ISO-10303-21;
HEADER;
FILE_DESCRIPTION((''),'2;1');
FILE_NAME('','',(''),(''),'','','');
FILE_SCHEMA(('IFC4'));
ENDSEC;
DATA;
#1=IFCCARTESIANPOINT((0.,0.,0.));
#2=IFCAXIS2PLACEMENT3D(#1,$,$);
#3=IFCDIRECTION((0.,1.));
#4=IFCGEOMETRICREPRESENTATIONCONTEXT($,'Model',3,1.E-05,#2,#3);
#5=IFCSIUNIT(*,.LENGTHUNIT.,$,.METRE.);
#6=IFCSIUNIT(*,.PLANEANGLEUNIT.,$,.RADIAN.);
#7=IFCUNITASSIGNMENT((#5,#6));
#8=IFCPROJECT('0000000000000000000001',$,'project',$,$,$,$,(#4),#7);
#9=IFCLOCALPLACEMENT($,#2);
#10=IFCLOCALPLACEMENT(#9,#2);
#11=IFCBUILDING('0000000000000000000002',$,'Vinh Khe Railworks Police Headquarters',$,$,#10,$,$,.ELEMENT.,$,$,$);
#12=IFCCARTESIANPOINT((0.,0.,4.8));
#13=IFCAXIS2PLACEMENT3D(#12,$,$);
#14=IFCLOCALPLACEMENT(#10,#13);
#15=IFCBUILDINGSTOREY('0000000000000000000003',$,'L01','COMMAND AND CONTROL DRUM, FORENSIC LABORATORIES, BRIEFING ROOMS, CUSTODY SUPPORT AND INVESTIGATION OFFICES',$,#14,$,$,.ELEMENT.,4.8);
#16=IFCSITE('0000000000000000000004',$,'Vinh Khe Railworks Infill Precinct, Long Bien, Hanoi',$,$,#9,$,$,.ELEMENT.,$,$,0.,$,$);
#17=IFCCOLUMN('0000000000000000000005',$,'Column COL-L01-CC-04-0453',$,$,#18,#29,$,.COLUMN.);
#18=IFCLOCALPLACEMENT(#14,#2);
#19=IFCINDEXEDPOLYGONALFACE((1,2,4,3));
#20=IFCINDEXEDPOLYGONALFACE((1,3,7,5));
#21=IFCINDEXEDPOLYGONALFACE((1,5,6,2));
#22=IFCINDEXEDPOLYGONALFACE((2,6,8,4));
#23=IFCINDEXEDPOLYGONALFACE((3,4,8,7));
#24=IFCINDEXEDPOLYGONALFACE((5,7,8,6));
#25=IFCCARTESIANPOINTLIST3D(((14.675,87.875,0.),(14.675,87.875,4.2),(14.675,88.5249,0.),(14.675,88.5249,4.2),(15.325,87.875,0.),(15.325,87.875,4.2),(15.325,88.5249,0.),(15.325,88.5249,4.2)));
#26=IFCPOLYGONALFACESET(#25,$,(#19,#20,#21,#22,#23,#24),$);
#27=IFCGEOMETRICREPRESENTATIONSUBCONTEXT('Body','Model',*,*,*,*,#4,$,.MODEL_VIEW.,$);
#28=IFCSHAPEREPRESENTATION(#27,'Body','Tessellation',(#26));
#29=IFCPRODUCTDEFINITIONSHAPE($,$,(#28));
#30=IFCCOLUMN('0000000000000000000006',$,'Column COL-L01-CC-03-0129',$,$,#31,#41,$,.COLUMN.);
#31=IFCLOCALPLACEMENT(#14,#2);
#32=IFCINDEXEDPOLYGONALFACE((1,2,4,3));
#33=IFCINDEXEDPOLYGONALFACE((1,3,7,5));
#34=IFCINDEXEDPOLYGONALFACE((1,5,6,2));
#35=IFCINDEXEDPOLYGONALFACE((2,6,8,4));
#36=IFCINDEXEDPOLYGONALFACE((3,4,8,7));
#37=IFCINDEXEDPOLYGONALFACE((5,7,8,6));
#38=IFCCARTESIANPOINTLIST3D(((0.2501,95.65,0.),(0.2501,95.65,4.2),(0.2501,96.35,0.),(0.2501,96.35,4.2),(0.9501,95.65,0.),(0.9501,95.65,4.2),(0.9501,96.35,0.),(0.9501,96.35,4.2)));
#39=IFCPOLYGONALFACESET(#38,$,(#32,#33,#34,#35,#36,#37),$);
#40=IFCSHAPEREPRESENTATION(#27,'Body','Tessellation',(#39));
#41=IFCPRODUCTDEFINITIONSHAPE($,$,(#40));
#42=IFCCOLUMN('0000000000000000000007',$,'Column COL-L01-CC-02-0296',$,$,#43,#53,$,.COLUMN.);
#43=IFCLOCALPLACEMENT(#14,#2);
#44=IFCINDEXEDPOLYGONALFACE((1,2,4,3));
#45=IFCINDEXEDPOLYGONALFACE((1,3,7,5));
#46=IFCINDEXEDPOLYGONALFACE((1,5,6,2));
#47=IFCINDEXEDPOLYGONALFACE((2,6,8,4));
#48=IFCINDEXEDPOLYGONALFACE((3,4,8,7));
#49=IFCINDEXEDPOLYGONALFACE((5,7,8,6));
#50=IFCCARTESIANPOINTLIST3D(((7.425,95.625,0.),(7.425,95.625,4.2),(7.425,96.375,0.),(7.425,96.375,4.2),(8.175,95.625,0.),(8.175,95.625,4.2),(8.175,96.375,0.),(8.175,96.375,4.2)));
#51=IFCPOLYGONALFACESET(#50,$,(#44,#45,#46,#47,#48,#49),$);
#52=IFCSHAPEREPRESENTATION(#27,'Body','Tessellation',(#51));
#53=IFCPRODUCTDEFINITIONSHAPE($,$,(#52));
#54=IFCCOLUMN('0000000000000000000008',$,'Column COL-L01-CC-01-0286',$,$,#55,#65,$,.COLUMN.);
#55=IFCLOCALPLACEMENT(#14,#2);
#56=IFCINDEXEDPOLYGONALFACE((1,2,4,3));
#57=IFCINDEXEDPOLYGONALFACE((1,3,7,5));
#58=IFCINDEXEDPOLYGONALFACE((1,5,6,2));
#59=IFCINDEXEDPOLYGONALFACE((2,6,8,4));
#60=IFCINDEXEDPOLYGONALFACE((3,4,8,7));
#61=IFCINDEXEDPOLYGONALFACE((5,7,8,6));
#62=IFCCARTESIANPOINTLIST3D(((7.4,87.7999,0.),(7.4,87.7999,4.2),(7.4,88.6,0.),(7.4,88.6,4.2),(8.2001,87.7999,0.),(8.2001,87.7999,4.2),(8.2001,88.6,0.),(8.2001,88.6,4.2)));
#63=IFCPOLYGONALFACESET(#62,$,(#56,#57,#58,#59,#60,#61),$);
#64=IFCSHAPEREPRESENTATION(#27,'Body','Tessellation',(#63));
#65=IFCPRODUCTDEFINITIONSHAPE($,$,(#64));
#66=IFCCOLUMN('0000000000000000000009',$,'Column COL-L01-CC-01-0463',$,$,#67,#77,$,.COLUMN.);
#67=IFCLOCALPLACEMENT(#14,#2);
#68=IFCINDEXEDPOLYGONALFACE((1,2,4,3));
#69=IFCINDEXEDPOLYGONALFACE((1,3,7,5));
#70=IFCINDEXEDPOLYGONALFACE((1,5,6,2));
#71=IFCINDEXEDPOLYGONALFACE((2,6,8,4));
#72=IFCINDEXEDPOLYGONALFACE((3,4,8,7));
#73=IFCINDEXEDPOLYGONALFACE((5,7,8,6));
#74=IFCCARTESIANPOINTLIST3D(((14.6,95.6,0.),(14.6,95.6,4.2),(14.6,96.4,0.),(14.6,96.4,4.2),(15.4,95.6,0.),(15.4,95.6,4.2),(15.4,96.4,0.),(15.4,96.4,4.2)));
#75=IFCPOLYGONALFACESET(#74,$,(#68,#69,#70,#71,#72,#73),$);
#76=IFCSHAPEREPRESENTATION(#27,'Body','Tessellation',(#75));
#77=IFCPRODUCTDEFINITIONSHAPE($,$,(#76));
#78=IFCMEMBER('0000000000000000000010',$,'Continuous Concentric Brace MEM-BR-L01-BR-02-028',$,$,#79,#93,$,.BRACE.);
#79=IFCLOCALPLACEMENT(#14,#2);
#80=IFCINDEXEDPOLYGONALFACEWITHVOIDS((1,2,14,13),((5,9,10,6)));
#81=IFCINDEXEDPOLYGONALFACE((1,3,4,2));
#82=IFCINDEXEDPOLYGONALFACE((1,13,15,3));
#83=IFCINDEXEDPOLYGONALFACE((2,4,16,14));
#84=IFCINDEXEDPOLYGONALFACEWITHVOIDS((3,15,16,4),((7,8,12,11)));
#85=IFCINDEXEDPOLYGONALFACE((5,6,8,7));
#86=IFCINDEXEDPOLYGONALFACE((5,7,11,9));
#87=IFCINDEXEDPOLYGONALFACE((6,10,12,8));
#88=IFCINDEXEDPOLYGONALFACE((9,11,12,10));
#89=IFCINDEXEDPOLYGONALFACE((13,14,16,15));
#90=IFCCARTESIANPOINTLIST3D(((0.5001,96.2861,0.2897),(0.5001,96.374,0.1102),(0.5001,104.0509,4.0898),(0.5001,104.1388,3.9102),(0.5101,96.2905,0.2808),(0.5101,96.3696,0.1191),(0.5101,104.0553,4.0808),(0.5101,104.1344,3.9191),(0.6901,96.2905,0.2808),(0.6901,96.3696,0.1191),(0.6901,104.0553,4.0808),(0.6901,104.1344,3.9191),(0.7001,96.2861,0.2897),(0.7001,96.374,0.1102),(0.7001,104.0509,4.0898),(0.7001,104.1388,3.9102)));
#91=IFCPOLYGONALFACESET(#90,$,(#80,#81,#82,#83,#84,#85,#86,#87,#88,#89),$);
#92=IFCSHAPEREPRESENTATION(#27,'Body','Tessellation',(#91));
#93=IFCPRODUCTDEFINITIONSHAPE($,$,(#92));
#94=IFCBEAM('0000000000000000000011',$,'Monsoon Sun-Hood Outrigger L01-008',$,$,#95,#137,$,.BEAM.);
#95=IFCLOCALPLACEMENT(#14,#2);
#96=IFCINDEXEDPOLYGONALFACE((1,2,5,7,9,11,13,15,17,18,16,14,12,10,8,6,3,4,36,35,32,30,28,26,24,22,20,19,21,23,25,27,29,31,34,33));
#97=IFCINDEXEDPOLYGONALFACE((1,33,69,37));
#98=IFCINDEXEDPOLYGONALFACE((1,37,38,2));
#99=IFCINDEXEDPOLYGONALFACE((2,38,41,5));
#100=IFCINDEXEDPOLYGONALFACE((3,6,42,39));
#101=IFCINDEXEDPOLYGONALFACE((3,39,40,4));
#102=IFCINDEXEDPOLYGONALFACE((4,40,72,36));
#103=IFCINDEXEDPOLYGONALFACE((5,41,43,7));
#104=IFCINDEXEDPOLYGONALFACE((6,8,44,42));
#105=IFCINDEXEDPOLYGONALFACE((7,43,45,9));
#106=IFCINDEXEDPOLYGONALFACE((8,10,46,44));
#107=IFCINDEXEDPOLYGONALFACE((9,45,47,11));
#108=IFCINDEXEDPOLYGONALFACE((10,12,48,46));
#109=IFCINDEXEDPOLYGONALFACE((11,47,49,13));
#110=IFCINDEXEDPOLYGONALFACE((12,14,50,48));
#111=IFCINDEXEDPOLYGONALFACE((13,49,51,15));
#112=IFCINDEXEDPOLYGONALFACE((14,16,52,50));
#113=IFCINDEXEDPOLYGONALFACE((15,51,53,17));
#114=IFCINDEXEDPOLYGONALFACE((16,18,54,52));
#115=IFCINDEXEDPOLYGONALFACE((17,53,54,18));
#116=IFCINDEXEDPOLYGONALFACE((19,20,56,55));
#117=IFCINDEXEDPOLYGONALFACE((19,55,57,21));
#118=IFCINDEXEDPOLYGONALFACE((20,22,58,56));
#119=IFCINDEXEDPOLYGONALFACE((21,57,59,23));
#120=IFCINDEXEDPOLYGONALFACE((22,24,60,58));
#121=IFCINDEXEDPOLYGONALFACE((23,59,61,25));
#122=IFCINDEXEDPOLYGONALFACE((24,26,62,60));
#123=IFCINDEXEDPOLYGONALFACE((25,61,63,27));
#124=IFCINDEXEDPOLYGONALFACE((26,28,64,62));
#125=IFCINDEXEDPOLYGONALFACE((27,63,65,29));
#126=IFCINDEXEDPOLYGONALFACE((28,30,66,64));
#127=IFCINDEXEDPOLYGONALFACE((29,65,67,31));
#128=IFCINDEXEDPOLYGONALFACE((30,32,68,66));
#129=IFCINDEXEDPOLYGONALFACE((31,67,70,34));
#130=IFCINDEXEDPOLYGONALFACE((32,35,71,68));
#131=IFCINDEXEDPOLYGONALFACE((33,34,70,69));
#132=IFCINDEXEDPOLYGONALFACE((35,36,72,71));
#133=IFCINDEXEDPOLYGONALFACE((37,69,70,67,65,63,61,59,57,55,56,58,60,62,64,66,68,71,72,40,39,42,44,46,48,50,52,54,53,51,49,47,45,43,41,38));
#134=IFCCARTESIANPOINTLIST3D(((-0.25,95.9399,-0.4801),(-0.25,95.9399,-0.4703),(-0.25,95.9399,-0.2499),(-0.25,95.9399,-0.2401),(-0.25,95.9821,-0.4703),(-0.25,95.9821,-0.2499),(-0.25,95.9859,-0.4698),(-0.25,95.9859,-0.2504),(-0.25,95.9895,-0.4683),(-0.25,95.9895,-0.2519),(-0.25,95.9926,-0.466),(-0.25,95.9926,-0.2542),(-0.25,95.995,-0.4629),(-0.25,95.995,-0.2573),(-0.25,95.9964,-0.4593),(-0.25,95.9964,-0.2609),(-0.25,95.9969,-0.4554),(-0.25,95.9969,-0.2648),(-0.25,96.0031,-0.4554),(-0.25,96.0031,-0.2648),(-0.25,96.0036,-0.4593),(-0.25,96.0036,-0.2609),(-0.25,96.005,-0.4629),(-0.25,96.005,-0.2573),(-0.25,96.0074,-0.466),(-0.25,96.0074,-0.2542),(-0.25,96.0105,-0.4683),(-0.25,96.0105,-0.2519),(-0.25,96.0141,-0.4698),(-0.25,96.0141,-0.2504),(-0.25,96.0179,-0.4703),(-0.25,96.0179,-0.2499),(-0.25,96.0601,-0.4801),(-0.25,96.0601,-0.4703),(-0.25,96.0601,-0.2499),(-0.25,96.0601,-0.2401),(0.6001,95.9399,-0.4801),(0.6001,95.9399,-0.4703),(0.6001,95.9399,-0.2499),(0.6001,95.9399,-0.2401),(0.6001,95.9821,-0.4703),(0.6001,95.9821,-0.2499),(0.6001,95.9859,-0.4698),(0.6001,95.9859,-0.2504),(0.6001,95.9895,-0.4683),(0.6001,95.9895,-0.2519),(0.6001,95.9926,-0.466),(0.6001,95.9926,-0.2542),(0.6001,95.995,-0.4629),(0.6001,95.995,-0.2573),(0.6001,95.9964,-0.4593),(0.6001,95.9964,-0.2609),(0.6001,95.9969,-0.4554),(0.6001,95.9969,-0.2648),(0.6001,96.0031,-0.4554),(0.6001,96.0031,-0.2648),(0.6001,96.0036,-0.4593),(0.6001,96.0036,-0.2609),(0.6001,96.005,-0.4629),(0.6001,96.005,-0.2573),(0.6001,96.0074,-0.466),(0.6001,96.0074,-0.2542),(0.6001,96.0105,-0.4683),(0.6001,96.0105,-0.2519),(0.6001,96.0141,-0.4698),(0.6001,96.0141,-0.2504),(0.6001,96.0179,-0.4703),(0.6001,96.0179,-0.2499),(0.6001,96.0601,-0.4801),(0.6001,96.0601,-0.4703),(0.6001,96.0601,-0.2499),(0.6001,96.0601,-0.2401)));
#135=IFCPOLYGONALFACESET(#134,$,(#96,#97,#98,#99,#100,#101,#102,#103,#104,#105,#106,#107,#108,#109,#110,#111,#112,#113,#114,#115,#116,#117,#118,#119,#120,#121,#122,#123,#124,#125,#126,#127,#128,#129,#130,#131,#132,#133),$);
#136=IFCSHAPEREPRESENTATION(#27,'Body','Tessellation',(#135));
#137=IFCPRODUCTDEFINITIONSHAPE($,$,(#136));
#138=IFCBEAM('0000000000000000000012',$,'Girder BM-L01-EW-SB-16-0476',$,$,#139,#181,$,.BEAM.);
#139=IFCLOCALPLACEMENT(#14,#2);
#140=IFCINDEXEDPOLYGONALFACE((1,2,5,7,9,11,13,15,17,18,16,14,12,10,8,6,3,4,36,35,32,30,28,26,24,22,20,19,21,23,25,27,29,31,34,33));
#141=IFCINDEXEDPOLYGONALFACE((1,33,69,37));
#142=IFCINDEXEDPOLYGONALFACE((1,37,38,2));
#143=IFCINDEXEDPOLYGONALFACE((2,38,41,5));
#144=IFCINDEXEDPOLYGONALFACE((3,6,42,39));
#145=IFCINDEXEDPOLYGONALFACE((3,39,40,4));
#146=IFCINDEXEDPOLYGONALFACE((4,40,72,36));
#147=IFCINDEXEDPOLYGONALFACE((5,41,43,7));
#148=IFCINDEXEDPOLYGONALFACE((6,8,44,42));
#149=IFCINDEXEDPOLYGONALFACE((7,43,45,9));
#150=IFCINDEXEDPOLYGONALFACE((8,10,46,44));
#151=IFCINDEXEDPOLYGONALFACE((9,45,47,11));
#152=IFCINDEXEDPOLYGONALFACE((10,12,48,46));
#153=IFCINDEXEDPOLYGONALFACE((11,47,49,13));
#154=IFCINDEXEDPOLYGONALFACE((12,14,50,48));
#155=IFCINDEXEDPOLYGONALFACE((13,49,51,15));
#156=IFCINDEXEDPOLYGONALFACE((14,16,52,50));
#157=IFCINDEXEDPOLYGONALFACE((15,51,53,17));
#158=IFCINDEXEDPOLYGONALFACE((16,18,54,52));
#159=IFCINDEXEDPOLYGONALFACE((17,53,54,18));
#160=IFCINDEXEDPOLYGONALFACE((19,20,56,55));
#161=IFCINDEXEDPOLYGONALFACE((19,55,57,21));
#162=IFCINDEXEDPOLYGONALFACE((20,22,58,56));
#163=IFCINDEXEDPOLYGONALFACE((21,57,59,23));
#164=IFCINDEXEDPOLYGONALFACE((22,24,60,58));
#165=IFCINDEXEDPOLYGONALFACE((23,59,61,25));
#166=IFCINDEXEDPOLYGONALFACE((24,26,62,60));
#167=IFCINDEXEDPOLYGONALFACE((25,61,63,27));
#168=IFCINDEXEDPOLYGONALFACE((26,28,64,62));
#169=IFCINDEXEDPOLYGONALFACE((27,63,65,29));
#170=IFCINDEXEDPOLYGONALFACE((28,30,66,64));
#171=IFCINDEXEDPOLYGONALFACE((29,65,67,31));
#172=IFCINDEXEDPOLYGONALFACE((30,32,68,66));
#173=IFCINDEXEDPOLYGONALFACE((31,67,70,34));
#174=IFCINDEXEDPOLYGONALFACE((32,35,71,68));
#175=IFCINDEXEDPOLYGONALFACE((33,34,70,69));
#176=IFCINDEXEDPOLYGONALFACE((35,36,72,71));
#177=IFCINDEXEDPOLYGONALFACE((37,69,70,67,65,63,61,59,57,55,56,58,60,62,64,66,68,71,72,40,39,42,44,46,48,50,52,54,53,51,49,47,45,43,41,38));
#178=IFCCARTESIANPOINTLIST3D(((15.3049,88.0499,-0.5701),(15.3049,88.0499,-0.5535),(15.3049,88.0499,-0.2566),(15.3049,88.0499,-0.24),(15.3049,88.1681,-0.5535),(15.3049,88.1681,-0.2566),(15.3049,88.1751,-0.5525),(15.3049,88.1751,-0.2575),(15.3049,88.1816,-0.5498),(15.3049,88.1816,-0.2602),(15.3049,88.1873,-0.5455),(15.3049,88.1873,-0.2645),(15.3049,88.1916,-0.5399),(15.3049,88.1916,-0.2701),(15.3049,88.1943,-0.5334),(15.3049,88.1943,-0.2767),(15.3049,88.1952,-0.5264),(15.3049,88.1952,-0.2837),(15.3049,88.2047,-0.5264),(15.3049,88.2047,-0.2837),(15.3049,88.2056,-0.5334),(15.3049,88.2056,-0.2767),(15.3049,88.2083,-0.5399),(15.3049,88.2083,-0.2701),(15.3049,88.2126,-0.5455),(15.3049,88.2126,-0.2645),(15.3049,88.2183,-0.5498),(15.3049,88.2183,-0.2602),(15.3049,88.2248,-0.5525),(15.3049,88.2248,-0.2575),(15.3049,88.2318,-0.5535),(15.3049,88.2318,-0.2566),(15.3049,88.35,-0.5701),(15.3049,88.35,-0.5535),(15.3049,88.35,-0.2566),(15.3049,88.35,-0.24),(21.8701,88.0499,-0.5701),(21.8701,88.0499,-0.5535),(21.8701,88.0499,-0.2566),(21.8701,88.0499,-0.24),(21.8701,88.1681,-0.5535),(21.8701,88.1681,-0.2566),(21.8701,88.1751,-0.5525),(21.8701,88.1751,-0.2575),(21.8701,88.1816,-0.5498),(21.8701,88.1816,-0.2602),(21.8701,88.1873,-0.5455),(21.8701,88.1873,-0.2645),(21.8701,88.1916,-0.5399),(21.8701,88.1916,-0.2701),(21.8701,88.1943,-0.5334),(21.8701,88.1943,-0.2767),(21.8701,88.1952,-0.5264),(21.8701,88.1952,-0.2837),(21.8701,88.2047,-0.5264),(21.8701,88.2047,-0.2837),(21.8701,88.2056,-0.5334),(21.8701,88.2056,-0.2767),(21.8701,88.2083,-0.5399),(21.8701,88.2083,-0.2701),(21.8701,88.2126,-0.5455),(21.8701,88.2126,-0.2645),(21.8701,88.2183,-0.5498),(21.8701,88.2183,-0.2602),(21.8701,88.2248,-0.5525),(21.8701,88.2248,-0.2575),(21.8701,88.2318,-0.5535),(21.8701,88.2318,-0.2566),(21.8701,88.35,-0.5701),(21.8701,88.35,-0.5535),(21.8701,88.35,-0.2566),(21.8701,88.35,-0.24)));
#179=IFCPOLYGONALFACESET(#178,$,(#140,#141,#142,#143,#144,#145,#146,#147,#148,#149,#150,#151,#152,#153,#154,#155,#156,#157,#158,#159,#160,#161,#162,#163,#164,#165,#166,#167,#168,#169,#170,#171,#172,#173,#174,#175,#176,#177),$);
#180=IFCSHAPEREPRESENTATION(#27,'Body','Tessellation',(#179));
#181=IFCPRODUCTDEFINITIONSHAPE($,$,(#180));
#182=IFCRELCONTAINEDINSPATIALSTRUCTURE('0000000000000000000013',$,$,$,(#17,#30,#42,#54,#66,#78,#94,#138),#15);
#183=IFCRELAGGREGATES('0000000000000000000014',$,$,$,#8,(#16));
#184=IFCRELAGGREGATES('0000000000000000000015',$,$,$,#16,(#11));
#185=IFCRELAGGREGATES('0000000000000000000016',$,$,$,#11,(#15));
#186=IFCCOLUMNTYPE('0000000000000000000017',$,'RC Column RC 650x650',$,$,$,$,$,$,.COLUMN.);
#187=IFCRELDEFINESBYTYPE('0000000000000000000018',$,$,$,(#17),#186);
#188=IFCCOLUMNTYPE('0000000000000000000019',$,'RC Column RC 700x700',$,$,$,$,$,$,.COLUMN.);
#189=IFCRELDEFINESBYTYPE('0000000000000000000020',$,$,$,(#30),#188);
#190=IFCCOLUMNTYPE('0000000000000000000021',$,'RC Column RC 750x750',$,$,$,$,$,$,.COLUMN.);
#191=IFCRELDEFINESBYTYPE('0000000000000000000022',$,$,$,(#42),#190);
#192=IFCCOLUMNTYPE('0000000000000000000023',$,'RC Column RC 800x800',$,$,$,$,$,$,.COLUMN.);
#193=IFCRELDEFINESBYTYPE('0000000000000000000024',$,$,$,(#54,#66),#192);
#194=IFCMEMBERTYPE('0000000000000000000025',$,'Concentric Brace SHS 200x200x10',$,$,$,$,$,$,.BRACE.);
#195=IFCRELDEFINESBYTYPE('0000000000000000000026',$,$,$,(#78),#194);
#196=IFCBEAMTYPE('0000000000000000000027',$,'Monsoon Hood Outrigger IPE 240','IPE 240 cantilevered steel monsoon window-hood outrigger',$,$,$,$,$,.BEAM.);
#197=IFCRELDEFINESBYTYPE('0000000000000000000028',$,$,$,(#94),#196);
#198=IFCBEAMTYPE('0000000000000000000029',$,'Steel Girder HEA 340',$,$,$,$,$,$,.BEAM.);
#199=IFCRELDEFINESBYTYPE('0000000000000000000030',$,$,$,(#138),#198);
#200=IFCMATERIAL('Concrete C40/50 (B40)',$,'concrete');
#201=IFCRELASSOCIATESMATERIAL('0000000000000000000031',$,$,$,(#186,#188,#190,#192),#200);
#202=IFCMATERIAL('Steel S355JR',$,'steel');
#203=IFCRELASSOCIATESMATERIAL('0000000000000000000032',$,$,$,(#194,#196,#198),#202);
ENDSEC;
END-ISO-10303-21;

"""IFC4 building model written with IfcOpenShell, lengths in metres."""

from ifc_helpers import new_model, si_unit, direction, frame, origin, origin_2d, place, context, subcontext, project, spatial, rectangle, hollow_rectangle, i_section, extrude, material, material_profile, profile_set, type_object, element, save


model = new_model("IFC4")

# Units and contexts
model_context = context("Model", 3, precision=1e-05, world=origin(), true_north=direction((0.0, 1.0)))
body_context = subcontext(model_context, "Body", "Model", "MODEL_VIEW")
ifc_project = project(units=[si_unit("LENGTHUNIT", "METRE"), si_unit("PLANEANGLEUNIT", "RADIAN")], contexts=[model_context])

# Site, building, storey
site_placement = place(None, origin())
site = spatial("IfcSite", under=ifc_project, at=site_placement, Name="Vinh Khe Railworks Infill Precinct, Long Bien, Hanoi", CompositionType="ELEMENT", RefElevation=0.0)
building_placement = place(site_placement, origin())
building = spatial("IfcBuilding", under=site, at=building_placement, Name="Vinh Khe Railworks Police Headquarters", CompositionType="ELEMENT")
storey_placement = place(building_placement, frame((0.0, 0.0, 4.8)))
storey = spatial("IfcBuildingStorey", under=building, at=storey_placement, Name="L01", Description="COMMAND AND CONTROL DRUM, FORENSIC LABORATORIES, BRIEFING ROOMS, CUSTODY SUPPORT AND INVESTIGATION OFFICES", CompositionType="ELEMENT", Elevation=4.8)

# Columns
ifc_material_1 = material(Name="Concrete C40/50 (B40)", Category="concrete")
ifc_material_profile_1 = material_profile(ifc_material_1, rectangle(XDim=0.6499, YDim=0.6499, at=origin_2d()), Name="RC 650x650")
ifc_profile_set_1 = profile_set([ifc_material_profile_1], Name="Concrete C40/50 (B40)")
column_type_1 = type_object("IfcColumnType", Name="RC Column RC 650x650", PredefinedType="COLUMN", material=ifc_profile_set_1)
column_1_placement = place(storey_placement, frame((15.0, 88.2, 0.0), z_axis=(0.0, 0.0, 1.0), x_axis=(1.0, 0.0, 0.0)))
element("IfcColumn", 1, at=column_1_placement, inside=storey, type_object=column_type_1, Name="Column COL-L01-CC-04-0453", PredefinedType="COLUMN", context=body_context, shape_type="SweptSolid", body=[
    extrude(rectangle(XDim=0.6499, YDim=0.6499, at=origin_2d()), origin(), (0.0, 0.0, 1.0), 4.2),
])
ifc_material_profile_2 = material_profile(ifc_material_1, rectangle(XDim=0.7, YDim=0.7, at=origin_2d()), Name="RC 700x700")
ifc_profile_set_2 = profile_set([ifc_material_profile_2], Name="Concrete C40/50 (B40)")
column_type_2 = type_object("IfcColumnType", Name="RC Column RC 700x700", PredefinedType="COLUMN", material=ifc_profile_set_2)
column_2_placement = place(storey_placement, frame((0.6001, 96.0, 0.0), z_axis=(0.0, 0.0, 1.0), x_axis=(1.0, 0.0, 0.0)))
element("IfcColumn", 2, at=column_2_placement, inside=storey, type_object=column_type_2, Name="Column COL-L01-CC-03-0129", PredefinedType="COLUMN", context=body_context, shape_type="SweptSolid", body=[
    extrude(rectangle(XDim=0.7, YDim=0.7, at=origin_2d()), origin(), (0.0, 0.0, 1.0), 4.2),
])
ifc_material_profile_3 = material_profile(ifc_material_1, rectangle(XDim=0.75, YDim=0.75, at=origin_2d()), Name="RC 750x750")
ifc_profile_set_3 = profile_set([ifc_material_profile_3], Name="Concrete C40/50 (B40)")
column_type_3 = type_object("IfcColumnType", Name="RC Column RC 750x750", PredefinedType="COLUMN", material=ifc_profile_set_3)
column_3_placement = place(storey_placement, frame((7.8, 96.0, 0.0), z_axis=(0.0, 0.0, 1.0), x_axis=(1.0, 0.0, 0.0)))
element("IfcColumn", 3, at=column_3_placement, inside=storey, type_object=column_type_3, Name="Column COL-L01-CC-02-0296", PredefinedType="COLUMN", context=body_context, shape_type="SweptSolid", body=[
    extrude(rectangle(XDim=0.75, YDim=0.75, at=origin_2d()), origin(), (0.0, 0.0, 1.0), 4.2),
])
ifc_material_profile_4 = material_profile(ifc_material_1, rectangle(XDim=0.8, YDim=0.8, at=origin_2d()), Name="RC 800x800")
ifc_profile_set_4 = profile_set([ifc_material_profile_4], Name="Concrete C40/50 (B40)")
column_type_4 = type_object("IfcColumnType", Name="RC Column RC 800x800", PredefinedType="COLUMN", material=ifc_profile_set_4)
for number, where, z_axis, x_axis, name in (
    (4, (7.8, 88.2, 0.0), (0.0, 0.0, 1.0), (1.0, 0.0, 0.0), "Column COL-L01-CC-01-0286"),
    (5, (15.0, 96.0, 0.0), (0.0, 0.0, 1.0), (1.0, 0.0, 0.0), "Column COL-L01-CC-01-0463"),
):
    element("IfcColumn", number, at=place(storey_placement, frame(where, z_axis=z_axis, x_axis=x_axis)), inside=storey, type_object=column_type_4, Name=name, PredefinedType="COLUMN", context=body_context, shape_type="SweptSolid", body=[
        extrude(rectangle(XDim=0.8, YDim=0.8, at=origin_2d()), origin(), (0.0, 0.0, 1.0), 4.2),
    ])

# Member
ifc_material_2 = material(Name="Steel S355JR", Category="steel")
ifc_material_profile_5 = material_profile(ifc_material_2, hollow_rectangle(XDim=0.2, YDim=0.2, WallThickness=0.01, at=origin_2d()), Name="SHS 200x200x10")
ifc_profile_set_5 = profile_set([ifc_material_profile_5], Name="Steel S355JR")
member_type = type_object("IfcMemberType", Name="Concentric Brace SHS 200x200x10", PredefinedType="BRACE", material=ifc_profile_set_5)
member_placement = place(storey_placement, frame((0.6001, 96.3301, 0.2), z_axis=(0.0, 0.898207, 0.439572), x_axis=(-1.0, 0.0, 0.0)))
element("IfcMember", 6, at=member_placement, inside=storey, type_object=member_type, Name="Continuous Concentric Brace MEM-BR-L01-BR-02-028", PredefinedType="BRACE", context=body_context, shape_type="SweptSolid", body=[
    extrude(hollow_rectangle(XDim=0.2, YDim=0.2, WallThickness=0.01, at=origin_2d()), origin(), (0.0, 0.0, 1.0), 8.6448),
])

# Beams
ifc_material_profile_6 = material_profile(ifc_material_2, i_section(OverallWidth=0.1201, OverallDepth=0.24, WebThickness=0.0061, FlangeThickness=0.0098, FilletRadius=0.0149, at=origin_2d()), Name="IPE 240")
ifc_profile_set_6 = profile_set([ifc_material_profile_6], Name="Steel S355JR")
beam_type_1 = type_object("IfcBeamType", Name="Monsoon Hood Outrigger IPE 240", Description="IPE 240 cantilevered steel monsoon window-hood outrigger", PredefinedType="BEAM", material=ifc_profile_set_6)
beam_1_placement = place(storey_placement, frame((-0.25, 96.0, -0.3601), z_axis=(1.0, 0.0, 0.0), x_axis=(0.0, 1.0, 0.0)))
element("IfcBeam", 7, at=beam_1_placement, inside=storey, type_object=beam_type_1, Name="Monsoon Sun-Hood Outrigger L01-008", PredefinedType="BEAM", context=body_context, shape_type="SweptSolid", body=[
    extrude(i_section(OverallWidth=0.1201, OverallDepth=0.24, WebThickness=0.0061, FlangeThickness=0.0098, FilletRadius=0.0149, at=origin_2d()), origin(), (0.0, 0.0, 1.0), 0.8501),
])
ifc_material_profile_7 = material_profile(ifc_material_2, i_section(OverallWidth=0.3, OverallDepth=0.3301, WebThickness=0.0095, FlangeThickness=0.0166, FilletRadius=0.0271, at=origin_2d()), Name="HEA 340")
ifc_profile_set_7 = profile_set([ifc_material_profile_7], Name="Steel S355JR")
beam_type_2 = type_object("IfcBeamType", Name="Steel Girder HEA 340", PredefinedType="BEAM", material=ifc_profile_set_7)
beam_2_placement = place(storey_placement, frame((15.3049, 88.2, -0.405), z_axis=(1.0, 0.0, 0.0), x_axis=(0.0, 1.0, 0.0)))
element("IfcBeam", 8, at=beam_2_placement, inside=storey, type_object=beam_type_2, Name="Girder BM-L01-EW-SB-16-0476", PredefinedType="BEAM", context=body_context, shape_type="SweptSolid", body=[
    extrude(i_section(OverallWidth=0.3, OverallDepth=0.3301, WebThickness=0.0095, FlangeThickness=0.0166, FilletRadius=0.0271, at=origin_2d()), origin(), (0.0, 0.0, 1.0), 6.5652),
])

save(model, "model.ifc")
